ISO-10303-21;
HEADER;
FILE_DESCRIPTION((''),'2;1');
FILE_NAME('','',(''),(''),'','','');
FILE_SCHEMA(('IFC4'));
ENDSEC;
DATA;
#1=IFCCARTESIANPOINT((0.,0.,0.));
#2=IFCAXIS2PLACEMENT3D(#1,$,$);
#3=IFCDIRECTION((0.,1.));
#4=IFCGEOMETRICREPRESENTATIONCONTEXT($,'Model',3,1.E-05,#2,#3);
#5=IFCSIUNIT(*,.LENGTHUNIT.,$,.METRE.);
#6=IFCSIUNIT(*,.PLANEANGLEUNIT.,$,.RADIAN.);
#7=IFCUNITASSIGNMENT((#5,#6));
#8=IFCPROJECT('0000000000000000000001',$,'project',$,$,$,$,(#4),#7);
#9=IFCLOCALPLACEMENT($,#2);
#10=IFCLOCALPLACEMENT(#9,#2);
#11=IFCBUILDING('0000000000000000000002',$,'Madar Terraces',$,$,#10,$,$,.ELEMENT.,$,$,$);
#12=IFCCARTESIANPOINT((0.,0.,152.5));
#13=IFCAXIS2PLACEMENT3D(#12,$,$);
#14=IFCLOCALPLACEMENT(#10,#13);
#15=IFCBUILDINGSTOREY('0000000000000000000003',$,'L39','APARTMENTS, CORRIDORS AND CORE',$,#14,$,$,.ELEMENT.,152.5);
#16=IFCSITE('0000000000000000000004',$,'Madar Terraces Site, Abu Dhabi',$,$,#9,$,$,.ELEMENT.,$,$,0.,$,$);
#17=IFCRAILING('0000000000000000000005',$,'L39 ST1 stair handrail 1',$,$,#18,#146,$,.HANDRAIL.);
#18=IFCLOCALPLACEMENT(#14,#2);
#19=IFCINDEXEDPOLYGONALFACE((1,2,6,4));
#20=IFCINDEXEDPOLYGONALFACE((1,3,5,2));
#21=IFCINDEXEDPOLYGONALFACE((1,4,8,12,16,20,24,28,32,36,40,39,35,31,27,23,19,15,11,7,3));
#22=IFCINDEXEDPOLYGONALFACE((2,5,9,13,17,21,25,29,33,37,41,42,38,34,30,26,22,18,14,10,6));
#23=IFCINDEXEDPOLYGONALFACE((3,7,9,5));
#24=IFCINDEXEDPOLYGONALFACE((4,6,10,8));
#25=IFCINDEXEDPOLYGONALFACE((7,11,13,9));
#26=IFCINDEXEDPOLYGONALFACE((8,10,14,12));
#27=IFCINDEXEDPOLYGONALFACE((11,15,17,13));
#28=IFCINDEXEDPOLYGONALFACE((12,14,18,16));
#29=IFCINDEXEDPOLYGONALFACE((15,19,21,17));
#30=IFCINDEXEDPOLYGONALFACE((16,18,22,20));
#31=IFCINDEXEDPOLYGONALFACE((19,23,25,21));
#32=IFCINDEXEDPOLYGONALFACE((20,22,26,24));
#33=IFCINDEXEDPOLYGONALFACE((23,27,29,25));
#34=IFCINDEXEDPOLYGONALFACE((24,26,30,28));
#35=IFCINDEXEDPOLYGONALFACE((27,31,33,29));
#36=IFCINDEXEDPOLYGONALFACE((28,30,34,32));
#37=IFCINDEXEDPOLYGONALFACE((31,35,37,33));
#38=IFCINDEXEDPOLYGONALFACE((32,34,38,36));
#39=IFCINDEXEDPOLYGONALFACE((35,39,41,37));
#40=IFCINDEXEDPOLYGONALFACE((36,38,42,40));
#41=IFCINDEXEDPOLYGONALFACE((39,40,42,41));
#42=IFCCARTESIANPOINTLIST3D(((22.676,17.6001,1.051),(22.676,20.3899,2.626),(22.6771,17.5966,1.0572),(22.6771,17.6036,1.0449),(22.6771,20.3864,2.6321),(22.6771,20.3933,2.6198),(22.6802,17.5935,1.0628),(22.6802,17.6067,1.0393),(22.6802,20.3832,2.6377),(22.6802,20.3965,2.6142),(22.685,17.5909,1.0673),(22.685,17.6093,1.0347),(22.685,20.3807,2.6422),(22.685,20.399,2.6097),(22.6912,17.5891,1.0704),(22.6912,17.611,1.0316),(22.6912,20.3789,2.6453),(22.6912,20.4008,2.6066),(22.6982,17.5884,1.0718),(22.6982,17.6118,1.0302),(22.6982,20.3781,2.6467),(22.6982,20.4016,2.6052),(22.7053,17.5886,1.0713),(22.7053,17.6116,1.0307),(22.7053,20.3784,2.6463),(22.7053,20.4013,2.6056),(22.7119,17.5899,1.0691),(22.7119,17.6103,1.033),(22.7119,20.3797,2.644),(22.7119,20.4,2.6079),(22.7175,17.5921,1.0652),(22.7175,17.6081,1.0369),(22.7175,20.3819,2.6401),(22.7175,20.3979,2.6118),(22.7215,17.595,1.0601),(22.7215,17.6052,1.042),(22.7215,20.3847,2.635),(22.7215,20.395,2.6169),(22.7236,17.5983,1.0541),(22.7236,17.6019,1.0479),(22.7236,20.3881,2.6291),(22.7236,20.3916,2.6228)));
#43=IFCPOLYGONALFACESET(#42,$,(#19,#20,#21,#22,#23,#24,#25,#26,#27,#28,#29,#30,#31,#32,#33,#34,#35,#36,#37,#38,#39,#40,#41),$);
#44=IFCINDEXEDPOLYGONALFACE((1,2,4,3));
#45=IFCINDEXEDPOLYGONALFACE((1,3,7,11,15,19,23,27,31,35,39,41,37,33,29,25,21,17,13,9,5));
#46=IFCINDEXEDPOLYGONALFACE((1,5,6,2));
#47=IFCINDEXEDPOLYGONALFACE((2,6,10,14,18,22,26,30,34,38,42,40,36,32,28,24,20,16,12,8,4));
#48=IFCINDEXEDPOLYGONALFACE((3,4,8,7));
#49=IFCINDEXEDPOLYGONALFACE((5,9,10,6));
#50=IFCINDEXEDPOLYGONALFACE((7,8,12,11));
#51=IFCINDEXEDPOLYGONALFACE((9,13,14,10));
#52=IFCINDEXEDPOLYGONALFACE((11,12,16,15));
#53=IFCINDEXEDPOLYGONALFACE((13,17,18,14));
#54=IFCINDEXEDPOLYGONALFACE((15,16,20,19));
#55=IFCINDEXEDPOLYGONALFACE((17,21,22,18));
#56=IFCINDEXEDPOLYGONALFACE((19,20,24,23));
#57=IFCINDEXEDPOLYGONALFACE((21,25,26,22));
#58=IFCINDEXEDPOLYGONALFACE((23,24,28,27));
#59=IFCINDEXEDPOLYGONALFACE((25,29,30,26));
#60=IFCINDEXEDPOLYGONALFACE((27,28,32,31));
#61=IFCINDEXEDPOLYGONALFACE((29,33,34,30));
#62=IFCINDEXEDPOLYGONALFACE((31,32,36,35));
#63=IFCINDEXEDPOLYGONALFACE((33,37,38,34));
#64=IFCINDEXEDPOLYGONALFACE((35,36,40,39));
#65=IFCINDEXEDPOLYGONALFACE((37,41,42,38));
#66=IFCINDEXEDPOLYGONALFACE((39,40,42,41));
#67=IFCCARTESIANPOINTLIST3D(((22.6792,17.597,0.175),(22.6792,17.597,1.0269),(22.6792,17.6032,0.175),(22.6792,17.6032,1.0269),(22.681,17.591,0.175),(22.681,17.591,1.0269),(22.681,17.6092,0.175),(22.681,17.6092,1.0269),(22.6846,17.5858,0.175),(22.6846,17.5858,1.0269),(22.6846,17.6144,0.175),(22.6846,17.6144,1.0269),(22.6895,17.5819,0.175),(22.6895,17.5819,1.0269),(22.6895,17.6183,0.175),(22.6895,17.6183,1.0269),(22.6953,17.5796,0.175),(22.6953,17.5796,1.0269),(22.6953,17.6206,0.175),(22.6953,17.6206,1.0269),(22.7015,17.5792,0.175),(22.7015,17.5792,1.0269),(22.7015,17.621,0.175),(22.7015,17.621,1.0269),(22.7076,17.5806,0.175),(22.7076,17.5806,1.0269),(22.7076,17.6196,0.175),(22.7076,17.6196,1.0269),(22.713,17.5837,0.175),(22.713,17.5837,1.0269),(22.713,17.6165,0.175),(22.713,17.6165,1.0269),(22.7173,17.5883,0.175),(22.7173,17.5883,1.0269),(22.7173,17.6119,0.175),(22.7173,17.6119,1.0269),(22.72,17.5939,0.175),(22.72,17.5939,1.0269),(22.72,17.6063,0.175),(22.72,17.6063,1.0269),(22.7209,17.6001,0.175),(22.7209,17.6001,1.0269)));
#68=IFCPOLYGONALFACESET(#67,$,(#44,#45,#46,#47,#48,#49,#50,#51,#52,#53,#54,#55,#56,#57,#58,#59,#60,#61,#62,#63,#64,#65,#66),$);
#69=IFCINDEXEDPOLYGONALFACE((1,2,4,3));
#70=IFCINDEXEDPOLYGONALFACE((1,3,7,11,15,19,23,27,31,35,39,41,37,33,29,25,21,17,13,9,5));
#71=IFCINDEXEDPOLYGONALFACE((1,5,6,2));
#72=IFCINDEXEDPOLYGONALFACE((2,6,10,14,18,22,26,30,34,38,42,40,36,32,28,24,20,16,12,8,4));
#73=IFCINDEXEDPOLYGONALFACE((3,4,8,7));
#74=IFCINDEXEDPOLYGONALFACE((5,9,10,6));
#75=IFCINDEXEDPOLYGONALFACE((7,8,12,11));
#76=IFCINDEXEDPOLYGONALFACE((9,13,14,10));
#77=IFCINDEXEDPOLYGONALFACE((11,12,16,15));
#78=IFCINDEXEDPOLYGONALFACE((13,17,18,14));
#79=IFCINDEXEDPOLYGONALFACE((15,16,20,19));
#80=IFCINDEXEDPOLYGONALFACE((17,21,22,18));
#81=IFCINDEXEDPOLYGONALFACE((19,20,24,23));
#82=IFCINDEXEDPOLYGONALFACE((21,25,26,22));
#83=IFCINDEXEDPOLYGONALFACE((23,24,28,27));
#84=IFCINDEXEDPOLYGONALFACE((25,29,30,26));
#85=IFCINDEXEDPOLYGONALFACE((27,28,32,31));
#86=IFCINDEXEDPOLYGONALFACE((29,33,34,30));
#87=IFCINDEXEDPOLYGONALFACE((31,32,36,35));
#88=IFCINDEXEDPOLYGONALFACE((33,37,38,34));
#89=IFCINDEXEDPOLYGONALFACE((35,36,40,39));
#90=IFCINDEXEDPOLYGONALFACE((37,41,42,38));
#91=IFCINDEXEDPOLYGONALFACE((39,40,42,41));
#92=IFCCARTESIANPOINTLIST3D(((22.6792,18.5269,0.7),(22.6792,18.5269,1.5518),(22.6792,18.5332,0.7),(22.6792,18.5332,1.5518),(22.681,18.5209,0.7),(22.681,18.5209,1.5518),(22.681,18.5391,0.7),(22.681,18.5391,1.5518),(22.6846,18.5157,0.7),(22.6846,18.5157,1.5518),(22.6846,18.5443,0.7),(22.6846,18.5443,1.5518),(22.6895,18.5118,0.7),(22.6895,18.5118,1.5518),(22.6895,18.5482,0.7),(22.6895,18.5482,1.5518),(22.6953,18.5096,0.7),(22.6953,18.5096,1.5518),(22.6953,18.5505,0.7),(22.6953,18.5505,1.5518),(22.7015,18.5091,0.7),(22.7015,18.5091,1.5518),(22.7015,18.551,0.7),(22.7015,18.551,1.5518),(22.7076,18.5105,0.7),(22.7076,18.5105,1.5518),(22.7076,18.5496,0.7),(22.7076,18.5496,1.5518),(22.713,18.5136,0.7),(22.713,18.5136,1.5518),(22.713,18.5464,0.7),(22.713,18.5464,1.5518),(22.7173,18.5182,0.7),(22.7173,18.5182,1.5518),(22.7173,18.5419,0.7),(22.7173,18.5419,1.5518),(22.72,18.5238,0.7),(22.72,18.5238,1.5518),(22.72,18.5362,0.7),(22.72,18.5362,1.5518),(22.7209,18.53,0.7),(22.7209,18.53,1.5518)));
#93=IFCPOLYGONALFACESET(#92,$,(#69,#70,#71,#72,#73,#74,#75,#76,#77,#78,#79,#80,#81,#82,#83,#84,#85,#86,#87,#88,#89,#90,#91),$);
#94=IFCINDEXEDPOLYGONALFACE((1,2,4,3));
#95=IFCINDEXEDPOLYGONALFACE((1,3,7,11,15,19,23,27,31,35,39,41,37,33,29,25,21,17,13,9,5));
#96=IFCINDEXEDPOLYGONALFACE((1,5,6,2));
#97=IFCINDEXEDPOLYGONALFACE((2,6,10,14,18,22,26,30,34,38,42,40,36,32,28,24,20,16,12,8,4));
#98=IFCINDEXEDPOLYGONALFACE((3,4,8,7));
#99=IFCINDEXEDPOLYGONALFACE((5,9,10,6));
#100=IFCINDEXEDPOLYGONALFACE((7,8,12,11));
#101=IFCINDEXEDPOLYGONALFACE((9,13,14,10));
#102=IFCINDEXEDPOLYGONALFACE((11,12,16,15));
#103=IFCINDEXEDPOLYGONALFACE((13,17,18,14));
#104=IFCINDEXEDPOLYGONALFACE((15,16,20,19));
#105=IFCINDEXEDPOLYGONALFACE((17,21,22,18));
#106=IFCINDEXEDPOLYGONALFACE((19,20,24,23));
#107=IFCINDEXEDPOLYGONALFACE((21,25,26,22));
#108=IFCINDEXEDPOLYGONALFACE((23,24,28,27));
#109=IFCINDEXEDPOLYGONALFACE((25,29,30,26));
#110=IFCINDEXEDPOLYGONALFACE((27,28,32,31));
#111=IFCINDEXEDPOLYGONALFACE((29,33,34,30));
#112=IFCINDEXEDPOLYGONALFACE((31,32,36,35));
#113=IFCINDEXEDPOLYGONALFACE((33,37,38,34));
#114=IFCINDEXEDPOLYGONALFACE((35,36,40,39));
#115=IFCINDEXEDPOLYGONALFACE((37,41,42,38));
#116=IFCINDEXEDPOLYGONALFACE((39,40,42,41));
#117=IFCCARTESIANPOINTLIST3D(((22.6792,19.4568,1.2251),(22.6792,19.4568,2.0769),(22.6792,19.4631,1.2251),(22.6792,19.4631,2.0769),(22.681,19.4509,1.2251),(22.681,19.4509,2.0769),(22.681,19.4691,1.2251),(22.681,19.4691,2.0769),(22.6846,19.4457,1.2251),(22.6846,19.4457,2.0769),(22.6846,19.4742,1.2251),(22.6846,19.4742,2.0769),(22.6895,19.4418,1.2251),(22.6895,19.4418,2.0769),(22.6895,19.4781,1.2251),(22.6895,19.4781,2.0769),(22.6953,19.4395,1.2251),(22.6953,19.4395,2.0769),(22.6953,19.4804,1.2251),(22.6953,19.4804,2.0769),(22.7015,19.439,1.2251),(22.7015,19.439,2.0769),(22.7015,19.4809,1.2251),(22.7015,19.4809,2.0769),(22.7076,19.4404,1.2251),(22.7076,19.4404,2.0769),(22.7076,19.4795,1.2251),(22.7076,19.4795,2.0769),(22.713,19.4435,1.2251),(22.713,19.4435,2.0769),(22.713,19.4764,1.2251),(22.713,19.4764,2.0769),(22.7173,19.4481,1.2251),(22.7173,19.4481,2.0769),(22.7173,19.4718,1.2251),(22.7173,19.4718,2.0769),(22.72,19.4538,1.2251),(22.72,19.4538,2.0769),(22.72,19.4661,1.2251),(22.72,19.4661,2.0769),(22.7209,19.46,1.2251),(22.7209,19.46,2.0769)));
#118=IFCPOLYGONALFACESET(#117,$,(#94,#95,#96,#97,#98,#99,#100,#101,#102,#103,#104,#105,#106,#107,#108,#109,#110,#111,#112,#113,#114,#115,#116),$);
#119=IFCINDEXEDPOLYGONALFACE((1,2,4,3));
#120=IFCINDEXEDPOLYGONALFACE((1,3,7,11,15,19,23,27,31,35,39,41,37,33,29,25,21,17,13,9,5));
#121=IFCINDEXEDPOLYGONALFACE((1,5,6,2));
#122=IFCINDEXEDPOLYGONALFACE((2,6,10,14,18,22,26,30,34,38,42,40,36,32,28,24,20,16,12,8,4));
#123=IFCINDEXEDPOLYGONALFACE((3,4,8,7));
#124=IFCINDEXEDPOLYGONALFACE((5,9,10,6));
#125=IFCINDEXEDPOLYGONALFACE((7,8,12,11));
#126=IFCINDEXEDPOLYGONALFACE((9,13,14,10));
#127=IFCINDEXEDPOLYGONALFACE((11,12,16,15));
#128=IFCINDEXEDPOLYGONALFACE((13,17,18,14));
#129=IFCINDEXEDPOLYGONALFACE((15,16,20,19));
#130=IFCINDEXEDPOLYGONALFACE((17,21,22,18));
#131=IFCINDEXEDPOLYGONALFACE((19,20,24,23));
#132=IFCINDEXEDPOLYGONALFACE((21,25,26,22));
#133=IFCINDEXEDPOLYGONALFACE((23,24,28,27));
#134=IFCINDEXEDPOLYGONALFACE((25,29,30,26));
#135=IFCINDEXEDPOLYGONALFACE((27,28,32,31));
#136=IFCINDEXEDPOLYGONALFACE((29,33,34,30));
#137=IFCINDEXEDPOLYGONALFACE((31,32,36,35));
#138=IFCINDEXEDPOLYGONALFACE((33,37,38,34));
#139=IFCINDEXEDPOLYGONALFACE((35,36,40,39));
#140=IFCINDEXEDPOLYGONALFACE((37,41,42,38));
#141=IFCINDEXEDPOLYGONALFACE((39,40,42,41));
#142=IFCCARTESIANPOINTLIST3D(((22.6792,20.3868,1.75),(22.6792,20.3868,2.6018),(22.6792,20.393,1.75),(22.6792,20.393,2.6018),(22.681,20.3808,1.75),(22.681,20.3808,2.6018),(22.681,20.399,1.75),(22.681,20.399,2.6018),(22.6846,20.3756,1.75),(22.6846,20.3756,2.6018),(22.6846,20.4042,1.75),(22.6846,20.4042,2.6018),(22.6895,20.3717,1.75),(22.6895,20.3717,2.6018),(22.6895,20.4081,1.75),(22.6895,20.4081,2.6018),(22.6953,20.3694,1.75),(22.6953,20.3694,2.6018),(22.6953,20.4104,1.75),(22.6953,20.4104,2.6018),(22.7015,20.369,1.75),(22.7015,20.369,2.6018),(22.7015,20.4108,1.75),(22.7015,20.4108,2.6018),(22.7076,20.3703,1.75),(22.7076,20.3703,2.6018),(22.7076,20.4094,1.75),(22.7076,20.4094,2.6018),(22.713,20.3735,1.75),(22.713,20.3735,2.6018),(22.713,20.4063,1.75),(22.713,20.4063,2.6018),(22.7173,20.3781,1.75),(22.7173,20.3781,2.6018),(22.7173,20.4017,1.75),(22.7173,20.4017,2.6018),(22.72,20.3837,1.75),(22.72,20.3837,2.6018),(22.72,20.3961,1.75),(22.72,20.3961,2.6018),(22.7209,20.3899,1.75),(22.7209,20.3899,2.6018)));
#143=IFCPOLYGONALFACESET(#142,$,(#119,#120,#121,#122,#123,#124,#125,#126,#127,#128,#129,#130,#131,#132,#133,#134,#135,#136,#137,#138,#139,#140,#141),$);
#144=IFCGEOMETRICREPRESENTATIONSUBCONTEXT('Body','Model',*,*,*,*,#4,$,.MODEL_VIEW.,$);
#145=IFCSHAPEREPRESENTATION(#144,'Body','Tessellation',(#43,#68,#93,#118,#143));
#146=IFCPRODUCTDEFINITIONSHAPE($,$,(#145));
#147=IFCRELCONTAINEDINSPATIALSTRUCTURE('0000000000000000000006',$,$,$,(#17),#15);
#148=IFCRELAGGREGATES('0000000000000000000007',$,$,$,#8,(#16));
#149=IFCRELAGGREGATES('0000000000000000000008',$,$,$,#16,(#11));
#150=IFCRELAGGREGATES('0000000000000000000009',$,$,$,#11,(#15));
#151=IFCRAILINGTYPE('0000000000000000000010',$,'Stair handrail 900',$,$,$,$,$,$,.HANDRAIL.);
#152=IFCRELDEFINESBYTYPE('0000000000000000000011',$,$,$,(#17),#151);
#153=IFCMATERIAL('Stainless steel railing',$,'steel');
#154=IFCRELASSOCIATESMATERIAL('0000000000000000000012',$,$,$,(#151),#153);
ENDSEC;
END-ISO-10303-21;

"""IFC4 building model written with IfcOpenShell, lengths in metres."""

from ifc_helpers import new_model, si_unit, direction, frame, origin, origin_2d, place, context, subcontext, project, spatial, circle, extrude, material, type_object, element, save


model = new_model("IFC4")

# Units and contexts
model_context = context("Model", 3, precision=1e-05, world=origin(), true_north=direction((0.0, 1.0)))
body_context = subcontext(model_context, "Body", "Model", "MODEL_VIEW")
ifc_project = project(units=[si_unit("LENGTHUNIT", "METRE"), si_unit("PLANEANGLEUNIT", "RADIAN")], contexts=[model_context])

# Site, building, storey
site_placement = place(None, origin())
site = spatial("IfcSite", under=ifc_project, at=site_placement, Name="Madar Terraces Site, Abu Dhabi", CompositionType="ELEMENT", RefElevation=0.0)
building_placement = place(site_placement, origin())
building = spatial("IfcBuilding", under=site, at=building_placement, Name="Madar Terraces", CompositionType="ELEMENT")
storey_placement = place(building_placement, frame((0.0, 0.0, 152.5)))
storey = spatial("IfcBuildingStorey", under=building, at=storey_placement, Name="L39", Description="APARTMENTS, CORRIDORS AND CORE", CompositionType="ELEMENT", Elevation=152.5)

# Railing
ifc_material_1 = material(Name="Stainless steel railing", Category="steel")
railing_type_1 = type_object("IfcRailingType", Name="Stair handrail 900", PredefinedType="HANDRAIL", material=ifc_material_1)
railing_1_placement = place(storey_placement, frame((22.7, 17.6001, 0.175)))
element("IfcRailing", 1, at=railing_1_placement, inside=storey, type_object=railing_type_1, Name="L39 ST1 stair handrail 1", PredefinedType="HANDRAIL", context=body_context, shape_type="SweptSolid", body=[
    extrude(circle(Radius=0.0239, at=origin_2d()), frame((0.0, 0.0, 0.876), z_axis=(0.0, 0.870815, 0.49161), x_axis=(-1.0, 0.0, 0.0)), (0.0, 0.0, 1.0), 3.2036),
    extrude(circle(Radius=0.021, at=origin_2d()), origin(), (0.0, 0.0, 1.0), 0.8518),
    extrude(circle(Radius=0.021, at=origin_2d()), frame((0.0, 0.9299, 0.5249)), (0.0, 0.0, 1.0), 0.8518),
    extrude(circle(Radius=0.021, at=origin_2d()), frame((0.0, 1.8599, 1.05)), (0.0, 0.0, 1.0), 0.8518),
    extrude(circle(Radius=0.021, at=origin_2d()), frame((0.0, 2.7898, 1.575)), (0.0, 0.0, 1.0), 0.8518),
])

save(model, "model.ifc")
